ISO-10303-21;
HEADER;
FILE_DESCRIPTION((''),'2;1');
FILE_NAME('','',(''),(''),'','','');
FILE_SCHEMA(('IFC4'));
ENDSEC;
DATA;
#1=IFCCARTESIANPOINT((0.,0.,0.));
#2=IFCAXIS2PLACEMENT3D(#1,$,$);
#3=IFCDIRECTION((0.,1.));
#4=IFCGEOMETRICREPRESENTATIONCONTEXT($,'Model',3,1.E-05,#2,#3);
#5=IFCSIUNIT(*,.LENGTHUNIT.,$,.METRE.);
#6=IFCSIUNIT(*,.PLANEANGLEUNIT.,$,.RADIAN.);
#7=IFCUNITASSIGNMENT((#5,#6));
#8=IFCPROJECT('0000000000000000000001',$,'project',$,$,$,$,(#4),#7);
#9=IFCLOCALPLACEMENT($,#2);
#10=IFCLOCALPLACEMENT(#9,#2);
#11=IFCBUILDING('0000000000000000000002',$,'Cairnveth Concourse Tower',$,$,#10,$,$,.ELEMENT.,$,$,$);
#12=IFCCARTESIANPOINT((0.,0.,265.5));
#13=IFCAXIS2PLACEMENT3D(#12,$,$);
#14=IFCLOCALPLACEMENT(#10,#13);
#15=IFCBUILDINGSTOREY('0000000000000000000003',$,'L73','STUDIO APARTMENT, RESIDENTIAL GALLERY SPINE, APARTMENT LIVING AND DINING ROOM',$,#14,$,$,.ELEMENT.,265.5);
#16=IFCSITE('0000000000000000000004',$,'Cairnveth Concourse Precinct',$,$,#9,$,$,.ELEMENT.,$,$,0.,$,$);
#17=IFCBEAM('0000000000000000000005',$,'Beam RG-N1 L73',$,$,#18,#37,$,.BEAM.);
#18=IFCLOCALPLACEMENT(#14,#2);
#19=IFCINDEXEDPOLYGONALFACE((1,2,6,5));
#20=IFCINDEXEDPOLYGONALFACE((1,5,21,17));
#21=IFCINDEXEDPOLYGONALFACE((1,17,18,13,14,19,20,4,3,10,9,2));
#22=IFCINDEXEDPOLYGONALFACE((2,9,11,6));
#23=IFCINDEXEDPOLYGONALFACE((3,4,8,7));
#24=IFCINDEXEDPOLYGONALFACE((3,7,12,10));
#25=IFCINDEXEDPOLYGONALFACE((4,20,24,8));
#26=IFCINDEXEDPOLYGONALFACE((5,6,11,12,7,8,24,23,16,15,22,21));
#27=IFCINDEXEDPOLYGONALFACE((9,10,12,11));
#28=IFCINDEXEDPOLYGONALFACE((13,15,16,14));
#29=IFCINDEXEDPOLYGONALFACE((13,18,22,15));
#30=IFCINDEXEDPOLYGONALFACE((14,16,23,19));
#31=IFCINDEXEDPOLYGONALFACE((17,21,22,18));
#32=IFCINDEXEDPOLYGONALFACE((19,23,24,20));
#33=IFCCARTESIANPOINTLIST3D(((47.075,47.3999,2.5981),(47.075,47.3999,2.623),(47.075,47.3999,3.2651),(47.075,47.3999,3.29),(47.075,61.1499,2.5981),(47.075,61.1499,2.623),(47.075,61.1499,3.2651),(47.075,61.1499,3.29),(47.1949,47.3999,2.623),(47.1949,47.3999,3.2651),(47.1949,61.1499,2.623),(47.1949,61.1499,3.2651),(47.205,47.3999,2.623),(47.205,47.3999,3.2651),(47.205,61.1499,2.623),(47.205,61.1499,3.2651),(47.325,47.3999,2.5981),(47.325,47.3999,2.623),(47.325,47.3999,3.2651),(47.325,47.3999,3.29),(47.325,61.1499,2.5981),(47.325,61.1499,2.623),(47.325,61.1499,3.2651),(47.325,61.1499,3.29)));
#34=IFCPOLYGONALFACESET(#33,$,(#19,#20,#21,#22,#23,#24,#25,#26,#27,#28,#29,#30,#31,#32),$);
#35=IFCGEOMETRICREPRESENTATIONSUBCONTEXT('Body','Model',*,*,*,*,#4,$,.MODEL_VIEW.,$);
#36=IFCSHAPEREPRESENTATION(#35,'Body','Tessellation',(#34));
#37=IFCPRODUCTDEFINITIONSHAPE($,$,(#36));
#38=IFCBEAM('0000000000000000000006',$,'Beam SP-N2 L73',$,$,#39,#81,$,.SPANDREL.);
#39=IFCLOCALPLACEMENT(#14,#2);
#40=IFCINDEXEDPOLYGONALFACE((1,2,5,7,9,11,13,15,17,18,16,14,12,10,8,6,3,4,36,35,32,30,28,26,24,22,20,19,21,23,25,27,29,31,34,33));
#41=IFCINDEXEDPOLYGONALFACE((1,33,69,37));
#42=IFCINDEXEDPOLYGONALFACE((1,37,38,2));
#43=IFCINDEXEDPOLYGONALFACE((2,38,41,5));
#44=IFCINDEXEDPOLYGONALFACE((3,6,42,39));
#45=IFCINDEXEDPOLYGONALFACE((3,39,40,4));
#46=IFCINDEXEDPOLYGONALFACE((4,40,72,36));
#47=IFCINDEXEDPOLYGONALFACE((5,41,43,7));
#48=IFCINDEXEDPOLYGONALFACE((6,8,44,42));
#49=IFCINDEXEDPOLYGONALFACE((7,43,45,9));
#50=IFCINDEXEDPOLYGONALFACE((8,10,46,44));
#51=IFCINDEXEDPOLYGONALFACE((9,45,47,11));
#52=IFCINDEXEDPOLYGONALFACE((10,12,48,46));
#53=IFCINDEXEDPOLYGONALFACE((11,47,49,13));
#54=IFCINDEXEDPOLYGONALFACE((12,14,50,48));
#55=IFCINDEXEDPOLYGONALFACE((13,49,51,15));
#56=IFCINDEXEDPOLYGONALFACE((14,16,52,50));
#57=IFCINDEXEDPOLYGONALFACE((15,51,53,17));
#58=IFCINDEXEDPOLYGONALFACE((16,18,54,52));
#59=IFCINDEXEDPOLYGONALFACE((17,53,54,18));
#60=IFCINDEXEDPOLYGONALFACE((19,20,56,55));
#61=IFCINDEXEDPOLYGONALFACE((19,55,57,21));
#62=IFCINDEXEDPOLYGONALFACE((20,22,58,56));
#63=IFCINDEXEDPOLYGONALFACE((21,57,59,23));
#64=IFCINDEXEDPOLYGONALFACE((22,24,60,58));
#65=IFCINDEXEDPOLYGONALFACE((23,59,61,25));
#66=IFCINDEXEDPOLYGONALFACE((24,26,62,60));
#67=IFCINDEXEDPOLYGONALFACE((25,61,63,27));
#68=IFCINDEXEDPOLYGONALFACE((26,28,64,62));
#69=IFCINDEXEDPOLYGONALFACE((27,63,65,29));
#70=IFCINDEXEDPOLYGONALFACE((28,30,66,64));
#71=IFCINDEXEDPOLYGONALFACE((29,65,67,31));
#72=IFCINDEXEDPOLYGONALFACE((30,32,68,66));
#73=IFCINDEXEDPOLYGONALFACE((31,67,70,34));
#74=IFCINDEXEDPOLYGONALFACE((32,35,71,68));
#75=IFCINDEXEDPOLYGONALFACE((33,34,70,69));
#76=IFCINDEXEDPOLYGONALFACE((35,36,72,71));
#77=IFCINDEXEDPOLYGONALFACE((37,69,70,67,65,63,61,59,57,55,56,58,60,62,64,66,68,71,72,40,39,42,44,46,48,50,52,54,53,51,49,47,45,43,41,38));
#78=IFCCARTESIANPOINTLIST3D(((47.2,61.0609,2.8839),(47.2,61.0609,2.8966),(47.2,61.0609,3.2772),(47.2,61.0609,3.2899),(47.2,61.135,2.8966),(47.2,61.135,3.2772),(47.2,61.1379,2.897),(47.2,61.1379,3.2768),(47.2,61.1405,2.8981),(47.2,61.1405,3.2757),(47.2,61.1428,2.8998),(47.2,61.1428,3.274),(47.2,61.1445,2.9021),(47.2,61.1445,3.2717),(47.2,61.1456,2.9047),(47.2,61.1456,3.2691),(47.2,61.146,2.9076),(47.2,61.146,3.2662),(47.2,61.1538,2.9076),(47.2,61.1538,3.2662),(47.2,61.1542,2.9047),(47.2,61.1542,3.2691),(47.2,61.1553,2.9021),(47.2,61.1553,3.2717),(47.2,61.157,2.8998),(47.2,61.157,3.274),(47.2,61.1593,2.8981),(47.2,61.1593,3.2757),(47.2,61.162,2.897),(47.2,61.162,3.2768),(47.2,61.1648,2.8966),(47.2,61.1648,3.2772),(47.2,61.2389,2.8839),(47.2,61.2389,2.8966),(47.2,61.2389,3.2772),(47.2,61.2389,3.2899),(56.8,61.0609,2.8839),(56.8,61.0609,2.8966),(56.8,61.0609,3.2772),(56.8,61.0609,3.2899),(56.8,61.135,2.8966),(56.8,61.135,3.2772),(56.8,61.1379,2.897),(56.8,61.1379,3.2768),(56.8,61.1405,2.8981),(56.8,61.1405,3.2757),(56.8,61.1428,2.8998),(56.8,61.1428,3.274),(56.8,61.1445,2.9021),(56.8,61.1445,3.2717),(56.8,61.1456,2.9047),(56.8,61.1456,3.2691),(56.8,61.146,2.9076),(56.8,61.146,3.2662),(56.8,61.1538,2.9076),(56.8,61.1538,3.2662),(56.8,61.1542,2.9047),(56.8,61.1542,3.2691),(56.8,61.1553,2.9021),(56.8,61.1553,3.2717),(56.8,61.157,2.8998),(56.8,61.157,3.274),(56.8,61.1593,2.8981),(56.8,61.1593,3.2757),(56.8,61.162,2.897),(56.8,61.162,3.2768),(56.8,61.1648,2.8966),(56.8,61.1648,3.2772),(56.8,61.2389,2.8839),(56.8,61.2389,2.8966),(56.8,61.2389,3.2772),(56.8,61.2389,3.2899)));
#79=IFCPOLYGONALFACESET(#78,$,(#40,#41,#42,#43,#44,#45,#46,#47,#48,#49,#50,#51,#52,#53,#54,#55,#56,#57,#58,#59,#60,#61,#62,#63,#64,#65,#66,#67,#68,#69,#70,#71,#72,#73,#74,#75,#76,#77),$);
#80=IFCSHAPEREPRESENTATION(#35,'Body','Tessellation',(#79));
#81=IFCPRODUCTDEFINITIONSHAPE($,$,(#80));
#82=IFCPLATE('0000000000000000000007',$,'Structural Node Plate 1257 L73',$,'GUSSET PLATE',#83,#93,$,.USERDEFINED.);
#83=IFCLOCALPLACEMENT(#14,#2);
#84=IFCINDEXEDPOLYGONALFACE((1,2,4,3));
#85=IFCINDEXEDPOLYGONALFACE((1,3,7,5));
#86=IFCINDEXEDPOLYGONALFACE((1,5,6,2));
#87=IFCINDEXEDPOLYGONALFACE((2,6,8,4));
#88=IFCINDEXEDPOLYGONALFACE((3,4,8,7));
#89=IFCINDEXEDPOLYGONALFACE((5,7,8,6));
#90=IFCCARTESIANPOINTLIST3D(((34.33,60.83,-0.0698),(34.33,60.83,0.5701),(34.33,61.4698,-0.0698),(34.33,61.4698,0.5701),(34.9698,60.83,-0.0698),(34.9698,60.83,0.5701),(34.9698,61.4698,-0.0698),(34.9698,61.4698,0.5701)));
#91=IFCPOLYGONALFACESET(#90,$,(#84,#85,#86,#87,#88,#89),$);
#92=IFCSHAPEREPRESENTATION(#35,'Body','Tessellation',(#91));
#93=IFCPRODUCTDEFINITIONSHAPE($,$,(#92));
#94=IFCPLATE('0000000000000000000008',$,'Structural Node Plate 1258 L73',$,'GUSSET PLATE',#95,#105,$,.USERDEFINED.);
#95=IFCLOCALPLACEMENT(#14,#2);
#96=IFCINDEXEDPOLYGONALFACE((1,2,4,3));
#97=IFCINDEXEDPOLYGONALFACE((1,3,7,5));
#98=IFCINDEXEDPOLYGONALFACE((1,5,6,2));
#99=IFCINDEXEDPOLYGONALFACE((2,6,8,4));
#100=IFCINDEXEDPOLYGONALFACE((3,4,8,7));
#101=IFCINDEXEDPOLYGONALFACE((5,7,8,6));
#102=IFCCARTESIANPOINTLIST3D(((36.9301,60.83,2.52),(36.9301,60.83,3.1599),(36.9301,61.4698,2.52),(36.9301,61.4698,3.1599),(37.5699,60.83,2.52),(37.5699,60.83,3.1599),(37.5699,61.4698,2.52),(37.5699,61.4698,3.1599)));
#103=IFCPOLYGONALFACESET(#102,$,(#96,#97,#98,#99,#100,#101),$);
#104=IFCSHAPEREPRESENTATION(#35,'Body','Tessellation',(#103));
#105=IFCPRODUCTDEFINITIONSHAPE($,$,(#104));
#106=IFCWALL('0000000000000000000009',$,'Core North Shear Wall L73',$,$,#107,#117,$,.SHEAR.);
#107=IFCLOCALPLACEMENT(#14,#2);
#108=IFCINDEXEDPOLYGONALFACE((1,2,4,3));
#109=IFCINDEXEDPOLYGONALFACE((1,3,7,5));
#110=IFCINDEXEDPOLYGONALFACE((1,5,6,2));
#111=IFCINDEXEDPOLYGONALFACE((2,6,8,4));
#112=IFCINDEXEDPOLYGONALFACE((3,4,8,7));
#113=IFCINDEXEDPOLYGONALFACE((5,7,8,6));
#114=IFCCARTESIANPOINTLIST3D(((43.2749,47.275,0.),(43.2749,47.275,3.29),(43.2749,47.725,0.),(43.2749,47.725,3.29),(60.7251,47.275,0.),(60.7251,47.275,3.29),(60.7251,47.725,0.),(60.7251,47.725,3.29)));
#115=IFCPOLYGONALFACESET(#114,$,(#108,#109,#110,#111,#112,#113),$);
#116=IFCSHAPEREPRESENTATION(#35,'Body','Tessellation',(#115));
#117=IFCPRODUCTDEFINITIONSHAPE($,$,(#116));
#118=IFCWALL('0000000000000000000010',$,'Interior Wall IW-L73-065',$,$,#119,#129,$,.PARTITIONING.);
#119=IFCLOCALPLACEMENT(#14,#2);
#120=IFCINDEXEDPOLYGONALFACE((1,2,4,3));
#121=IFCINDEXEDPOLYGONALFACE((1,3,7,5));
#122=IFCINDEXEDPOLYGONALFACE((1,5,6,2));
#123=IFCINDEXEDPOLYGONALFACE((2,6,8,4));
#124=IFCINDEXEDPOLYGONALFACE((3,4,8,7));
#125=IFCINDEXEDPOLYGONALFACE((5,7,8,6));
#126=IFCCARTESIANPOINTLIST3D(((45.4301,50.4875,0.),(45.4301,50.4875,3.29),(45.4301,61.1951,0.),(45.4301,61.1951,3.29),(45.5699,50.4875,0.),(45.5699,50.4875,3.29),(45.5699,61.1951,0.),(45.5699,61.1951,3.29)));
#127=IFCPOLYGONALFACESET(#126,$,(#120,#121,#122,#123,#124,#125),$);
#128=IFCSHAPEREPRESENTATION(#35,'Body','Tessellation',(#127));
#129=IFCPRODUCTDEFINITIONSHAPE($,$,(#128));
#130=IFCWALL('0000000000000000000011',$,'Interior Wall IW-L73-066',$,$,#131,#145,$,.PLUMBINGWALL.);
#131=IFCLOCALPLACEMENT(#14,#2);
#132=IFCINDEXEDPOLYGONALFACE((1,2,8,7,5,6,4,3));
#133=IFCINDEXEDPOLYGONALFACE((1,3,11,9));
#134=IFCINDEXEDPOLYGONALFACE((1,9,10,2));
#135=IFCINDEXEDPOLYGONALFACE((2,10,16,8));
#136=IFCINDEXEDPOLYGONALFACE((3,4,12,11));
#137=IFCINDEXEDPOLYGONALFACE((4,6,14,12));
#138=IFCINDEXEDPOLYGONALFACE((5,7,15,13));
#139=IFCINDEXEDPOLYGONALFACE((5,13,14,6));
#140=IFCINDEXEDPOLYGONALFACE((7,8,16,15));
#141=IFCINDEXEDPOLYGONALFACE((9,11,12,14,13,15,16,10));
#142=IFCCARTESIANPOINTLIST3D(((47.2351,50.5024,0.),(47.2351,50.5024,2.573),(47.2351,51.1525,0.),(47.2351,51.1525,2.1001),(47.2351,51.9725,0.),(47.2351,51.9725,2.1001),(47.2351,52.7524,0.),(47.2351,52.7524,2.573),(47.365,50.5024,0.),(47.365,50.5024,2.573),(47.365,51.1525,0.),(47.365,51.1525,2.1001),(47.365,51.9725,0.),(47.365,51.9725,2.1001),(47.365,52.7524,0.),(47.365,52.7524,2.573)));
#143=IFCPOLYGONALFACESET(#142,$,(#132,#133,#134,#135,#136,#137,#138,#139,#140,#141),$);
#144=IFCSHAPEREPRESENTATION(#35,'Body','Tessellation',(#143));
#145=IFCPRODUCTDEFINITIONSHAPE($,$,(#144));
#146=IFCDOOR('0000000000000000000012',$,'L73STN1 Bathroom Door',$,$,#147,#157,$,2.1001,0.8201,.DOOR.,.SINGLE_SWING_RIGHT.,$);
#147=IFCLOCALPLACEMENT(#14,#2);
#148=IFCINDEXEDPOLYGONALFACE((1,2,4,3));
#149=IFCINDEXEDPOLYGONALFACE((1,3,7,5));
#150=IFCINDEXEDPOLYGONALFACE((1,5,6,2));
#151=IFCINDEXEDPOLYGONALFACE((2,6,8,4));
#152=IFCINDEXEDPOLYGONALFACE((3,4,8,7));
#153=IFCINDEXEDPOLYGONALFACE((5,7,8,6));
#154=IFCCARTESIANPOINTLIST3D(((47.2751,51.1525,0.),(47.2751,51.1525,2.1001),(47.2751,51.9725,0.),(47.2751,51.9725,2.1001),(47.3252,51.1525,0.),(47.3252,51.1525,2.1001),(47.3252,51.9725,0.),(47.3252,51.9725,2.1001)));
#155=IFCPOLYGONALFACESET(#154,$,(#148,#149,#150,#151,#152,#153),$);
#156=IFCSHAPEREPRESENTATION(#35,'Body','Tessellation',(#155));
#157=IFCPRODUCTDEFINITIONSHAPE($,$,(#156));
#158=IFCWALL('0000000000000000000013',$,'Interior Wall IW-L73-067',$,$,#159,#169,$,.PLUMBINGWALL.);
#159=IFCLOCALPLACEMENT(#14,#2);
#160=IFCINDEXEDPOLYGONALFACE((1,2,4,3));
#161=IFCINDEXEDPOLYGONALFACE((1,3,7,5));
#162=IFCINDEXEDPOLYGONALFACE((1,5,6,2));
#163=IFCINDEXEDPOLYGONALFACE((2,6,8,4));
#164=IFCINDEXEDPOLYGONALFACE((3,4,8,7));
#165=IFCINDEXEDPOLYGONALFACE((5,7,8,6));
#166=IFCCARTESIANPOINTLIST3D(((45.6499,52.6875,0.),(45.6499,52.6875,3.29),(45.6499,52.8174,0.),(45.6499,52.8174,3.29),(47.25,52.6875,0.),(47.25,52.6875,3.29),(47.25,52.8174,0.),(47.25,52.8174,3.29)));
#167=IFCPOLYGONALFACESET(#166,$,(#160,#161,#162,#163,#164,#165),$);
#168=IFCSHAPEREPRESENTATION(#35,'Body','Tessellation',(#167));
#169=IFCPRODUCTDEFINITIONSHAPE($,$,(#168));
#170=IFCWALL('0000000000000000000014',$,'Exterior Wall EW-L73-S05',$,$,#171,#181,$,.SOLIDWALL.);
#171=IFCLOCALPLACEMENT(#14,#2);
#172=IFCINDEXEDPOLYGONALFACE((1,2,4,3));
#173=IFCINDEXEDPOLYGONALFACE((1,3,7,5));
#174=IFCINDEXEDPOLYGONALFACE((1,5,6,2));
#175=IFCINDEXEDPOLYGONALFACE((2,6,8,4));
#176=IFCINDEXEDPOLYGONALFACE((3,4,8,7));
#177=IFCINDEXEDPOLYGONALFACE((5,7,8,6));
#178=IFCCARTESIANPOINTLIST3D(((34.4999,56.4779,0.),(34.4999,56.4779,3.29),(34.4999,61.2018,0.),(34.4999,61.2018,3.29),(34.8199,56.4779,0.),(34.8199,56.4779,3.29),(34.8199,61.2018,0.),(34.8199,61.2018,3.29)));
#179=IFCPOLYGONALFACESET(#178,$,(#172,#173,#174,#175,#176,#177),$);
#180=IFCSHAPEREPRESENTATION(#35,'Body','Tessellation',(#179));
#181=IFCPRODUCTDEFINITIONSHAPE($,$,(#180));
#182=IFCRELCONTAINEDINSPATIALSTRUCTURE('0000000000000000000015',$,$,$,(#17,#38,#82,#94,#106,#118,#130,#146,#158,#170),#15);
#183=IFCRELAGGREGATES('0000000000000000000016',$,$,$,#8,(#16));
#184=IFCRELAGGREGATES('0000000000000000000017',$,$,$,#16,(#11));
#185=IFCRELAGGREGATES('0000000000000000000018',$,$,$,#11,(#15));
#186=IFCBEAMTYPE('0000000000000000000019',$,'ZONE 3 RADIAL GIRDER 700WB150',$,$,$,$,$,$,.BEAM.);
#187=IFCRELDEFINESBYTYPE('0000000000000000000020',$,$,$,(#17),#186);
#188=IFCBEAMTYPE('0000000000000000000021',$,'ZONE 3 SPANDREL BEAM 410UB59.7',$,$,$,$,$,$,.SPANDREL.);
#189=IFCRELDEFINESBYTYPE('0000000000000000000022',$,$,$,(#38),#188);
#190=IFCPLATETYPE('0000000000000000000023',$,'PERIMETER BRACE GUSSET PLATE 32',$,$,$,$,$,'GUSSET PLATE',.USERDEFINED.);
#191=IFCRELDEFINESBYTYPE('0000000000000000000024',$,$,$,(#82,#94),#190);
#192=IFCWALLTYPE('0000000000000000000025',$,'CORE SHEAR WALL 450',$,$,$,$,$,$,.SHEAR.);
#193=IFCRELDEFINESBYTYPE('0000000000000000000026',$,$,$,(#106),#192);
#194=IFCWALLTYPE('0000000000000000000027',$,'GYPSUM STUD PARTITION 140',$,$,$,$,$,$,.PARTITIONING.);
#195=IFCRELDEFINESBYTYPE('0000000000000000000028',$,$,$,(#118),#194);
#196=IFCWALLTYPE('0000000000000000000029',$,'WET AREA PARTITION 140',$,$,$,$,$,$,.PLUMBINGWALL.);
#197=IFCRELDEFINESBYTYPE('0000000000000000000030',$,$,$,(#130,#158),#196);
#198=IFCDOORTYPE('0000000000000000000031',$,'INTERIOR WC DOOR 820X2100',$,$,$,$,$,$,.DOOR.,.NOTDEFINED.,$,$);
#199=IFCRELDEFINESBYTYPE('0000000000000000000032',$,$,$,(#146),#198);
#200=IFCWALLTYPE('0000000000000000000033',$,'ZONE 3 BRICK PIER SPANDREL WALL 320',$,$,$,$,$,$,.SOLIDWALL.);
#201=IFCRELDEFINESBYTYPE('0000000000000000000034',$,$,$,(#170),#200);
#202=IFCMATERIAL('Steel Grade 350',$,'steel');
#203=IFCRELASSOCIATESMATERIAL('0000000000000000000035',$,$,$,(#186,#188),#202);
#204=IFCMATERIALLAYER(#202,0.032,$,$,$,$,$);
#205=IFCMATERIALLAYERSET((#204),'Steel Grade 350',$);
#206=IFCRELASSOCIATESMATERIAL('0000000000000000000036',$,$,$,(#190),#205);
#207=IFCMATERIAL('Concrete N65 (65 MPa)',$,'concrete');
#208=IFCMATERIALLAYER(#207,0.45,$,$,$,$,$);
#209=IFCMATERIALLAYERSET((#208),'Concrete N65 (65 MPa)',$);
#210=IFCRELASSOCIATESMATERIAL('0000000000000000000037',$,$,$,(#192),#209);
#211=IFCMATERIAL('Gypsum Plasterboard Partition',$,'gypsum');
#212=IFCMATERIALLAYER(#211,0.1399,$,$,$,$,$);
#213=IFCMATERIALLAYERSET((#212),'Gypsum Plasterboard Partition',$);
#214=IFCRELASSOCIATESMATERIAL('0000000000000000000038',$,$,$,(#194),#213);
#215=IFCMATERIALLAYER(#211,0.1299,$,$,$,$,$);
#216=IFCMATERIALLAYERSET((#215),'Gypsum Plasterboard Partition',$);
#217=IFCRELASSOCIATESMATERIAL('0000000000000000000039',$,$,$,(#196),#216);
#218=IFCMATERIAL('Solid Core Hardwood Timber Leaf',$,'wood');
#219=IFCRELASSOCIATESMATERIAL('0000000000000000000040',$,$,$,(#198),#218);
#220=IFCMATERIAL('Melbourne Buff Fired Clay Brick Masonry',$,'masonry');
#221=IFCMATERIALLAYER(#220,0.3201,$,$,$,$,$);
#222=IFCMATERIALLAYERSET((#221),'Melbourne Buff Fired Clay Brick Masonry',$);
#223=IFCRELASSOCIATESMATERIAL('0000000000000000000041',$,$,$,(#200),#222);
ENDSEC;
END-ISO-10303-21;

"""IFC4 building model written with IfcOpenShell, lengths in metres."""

from ifc_helpers import new_model, si_unit, direction, frame, frame_2d, origin, origin_2d, place, context, subcontext, project, spatial, rectangle, i_section, extrude, material, layer, layer_set, material_profile, profile_set, type_object, element, fill, save


model = new_model("IFC4")

# Units and contexts
model_context = context("Model", 3, precision=1e-05, world=origin(), true_north=direction((0.0, 1.0)))
body_context = subcontext(model_context, "Body", "Model", "MODEL_VIEW")
ifc_project = project(units=[si_unit("LENGTHUNIT", "METRE"), si_unit("PLANEANGLEUNIT", "RADIAN")], contexts=[model_context])

# Site, building, storey
site_placement = place(None, origin())
site = spatial("IfcSite", under=ifc_project, at=site_placement, Name="Cairnveth Concourse Precinct", CompositionType="ELEMENT", RefElevation=0.0)
building_placement = place(site_placement, origin())
building = spatial("IfcBuilding", under=site, at=building_placement, Name="Cairnveth Concourse Tower", CompositionType="ELEMENT")
storey_placement = place(building_placement, frame((0.0, 0.0, 265.5)))
storey = spatial("IfcBuildingStorey", under=building, at=storey_placement, Name="L73", Description="STUDIO APARTMENT, RESIDENTIAL GALLERY SPINE, APARTMENT LIVING AND DINING ROOM", CompositionType="ELEMENT", Elevation=265.5)

# Shared definitions
ifc_material_1 = material(Name="Concrete N65 (65 MPa)", Category="concrete")

# Beams
ifc_material_2 = material(Name="Steel Grade 350", Category="steel")
ifc_material_profile_1 = material_profile(ifc_material_2, i_section(OverallWidth=0.25, OverallDepth=0.6919, WebThickness=0.01, FlangeThickness=0.0249, at=origin_2d()), Name="700WB150")
ifc_profile_set_1 = profile_set([ifc_material_profile_1], Name="Steel Grade 350")
beam_type_1 = type_object("IfcBeamType", Name="ZONE 3 RADIAL GIRDER 700WB150", PredefinedType="BEAM", material=ifc_profile_set_1)
beam_1_placement = place(storey_placement, frame((47.2, 47.3999, 2.9441), z_axis=(0.0, 1.0, 0.0), x_axis=(-1.0, 0.0, 0.0)))
element("IfcBeam", 1, at=beam_1_placement, inside=storey, type_object=beam_type_1, Name="Beam RG-N1 L73", PredefinedType="BEAM", context=body_context, shape_type="SweptSolid", body=[
    extrude(i_section(OverallWidth=0.25, OverallDepth=0.6919, WebThickness=0.01, FlangeThickness=0.0249, at=origin_2d()), origin(), (0.0, 0.0, 1.0), 13.75),
])
ifc_material_profile_2 = material_profile(ifc_material_2, i_section(OverallWidth=0.178, OverallDepth=0.406, WebThickness=0.0078, FlangeThickness=0.0127, FilletRadius=0.011, at=origin_2d()), Name="410UB59.7")
ifc_profile_set_2 = profile_set([ifc_material_profile_2], Name="Steel Grade 350")
beam_type_2 = type_object("IfcBeamType", Name="ZONE 3 SPANDREL BEAM 410UB59.7", PredefinedType="SPANDREL", material=ifc_profile_set_2)
beam_2_placement = place(storey_placement, frame((47.2, 61.1499, 3.0869), z_axis=(1.0, 0.0, 0.0), x_axis=(0.0, 1.0, 0.0)))
element("IfcBeam", 2, at=beam_2_placement, inside=storey, type_object=beam_type_2, Name="Beam SP-N2 L73", PredefinedType="SPANDREL", context=body_context, shape_type="SweptSolid", body=[
    extrude(i_section(OverallWidth=0.178, OverallDepth=0.406, WebThickness=0.0078, FlangeThickness=0.0127, FilletRadius=0.011, at=origin_2d()), origin(), (0.0, 0.0, 1.0), 9.6001),
])

# Plates
ifc_layer_1 = layer(ifc_material_2, 0.032)
ifc_layer_set_1 = layer_set([ifc_layer_1], Name="Steel Grade 350")
plate_type = type_object("IfcPlateType", Name="PERIMETER BRACE GUSSET PLATE 32", ElementType="GUSSET PLATE", PredefinedType="USERDEFINED", material=ifc_layer_set_1)
for number, where, z_axis, x_axis, name in (
    (3, (34.6499, 61.1499, -0.0698), (0.0, 0.0, 1.0), (1.0, 0.0, 0.0), "Structural Node Plate 1257 L73"),
    (4, (37.25, 61.1499, 2.52), (0.0, 0.0, 1.0), (1.0, 0.0, 0.0), "Structural Node Plate 1258 L73"),
):
    element("IfcPlate", number, at=place(storey_placement, frame(where, z_axis=z_axis, x_axis=x_axis)), inside=storey, type_object=plate_type, Name=name, ObjectType="GUSSET PLATE", PredefinedType="USERDEFINED", context=body_context, shape_type="SweptSolid", body=[
        extrude(rectangle(XDim=0.6399, YDim=0.6399, at=origin_2d()), origin(), (0.0, 0.0, 1.0), 0.6399),
    ])

# Walls
ifc_layer_2 = layer(ifc_material_1, 0.45)
ifc_layer_set_2 = layer_set([ifc_layer_2], Name="Concrete N65 (65 MPa)")
wall_type_1 = type_object("IfcWallType", Name="CORE SHEAR WALL 450", PredefinedType="SHEAR", material=ifc_layer_set_2)
wall_1_placement = place(storey_placement, frame((43.2749, 47.5, 0.0), z_axis=(0.0, 0.0, 1.0), x_axis=(1.0, 0.0, 0.0)))
element("IfcWall", 5, at=wall_1_placement, inside=storey, type_object=wall_type_1, Name="Core North Shear Wall L73", PredefinedType="SHEAR", context=body_context, shape_type="SweptSolid", body=[
    extrude(rectangle(XDim=17.4502, YDim=0.45, at=frame_2d((8.7251, 0.0))), origin(), (0.0, 0.0, 1.0), 3.29),
])
ifc_material_3 = material(Name="Gypsum Plasterboard Partition", Category="gypsum")
ifc_layer_3 = layer(ifc_material_3, 0.1399)
ifc_layer_set_3 = layer_set([ifc_layer_3], Name="Gypsum Plasterboard Partition")
wall_type_2 = type_object("IfcWallType", Name="GYPSUM STUD PARTITION 140", PredefinedType="PARTITIONING", material=ifc_layer_set_3)
wall_2_placement = place(storey_placement, frame((45.5, 50.4875, 0.0), z_axis=(0.0, 0.0, 1.0), x_axis=(0.0, 1.0, 0.0)))
element("IfcWall", 6, at=wall_2_placement, inside=storey, type_object=wall_type_2, Name="Interior Wall IW-L73-065", PredefinedType="PARTITIONING", context=body_context, shape_type="SweptSolid", body=[
    extrude(rectangle(XDim=10.7075, YDim=0.1399, at=frame_2d((5.3538, 0.0))), origin(), (0.0, 0.0, 1.0), 3.29),
])

# Wall, opening, door
ifc_layer_4 = layer(ifc_material_3, 0.1299)
ifc_layer_set_4 = layer_set([ifc_layer_4], Name="Gypsum Plasterboard Partition")
wall_type_3 = type_object("IfcWallType", Name="WET AREA PARTITION 140", PredefinedType="PLUMBINGWALL", material=ifc_layer_set_4)
wall_3_placement = place(storey_placement, frame((47.3, 50.5024, 0.0), z_axis=(0.0, 0.0, 1.0), x_axis=(0.0, 1.0, 0.0)))
wall_3 = element("IfcWall", 7, at=wall_3_placement, inside=storey, type_object=wall_type_3, Name="Interior Wall IW-L73-066", PredefinedType="PLUMBINGWALL", context=body_context, shape_type="SweptSolid", body=[
    extrude(rectangle(XDim=2.25, YDim=0.1299, at=frame_2d((1.125, 0.0))), origin(), (0.0, 0.0, 1.0), 2.573),
])
opening_placement = place(wall_3_placement, frame((0.6499, 0.0, 0.0)))
opening = element("IfcOpeningElement", 8, at=opening_placement, cuts=wall_3, PredefinedType="OPENING", context=body_context, shape_type="SweptSolid", body=[
    extrude(rectangle(XDim=0.8201, YDim=2.1001, at=frame_2d((0.4102, 1.05))), frame((0.0, 0.075, 0.0), z_axis=(0.0, -1.0, 0.0), x_axis=(1.0, 0.0, 0.0)), (0.0, 0.0, 1.0), 0.1499),
])
ifc_material_4 = material(Name="Solid Core Hardwood Timber Leaf", Category="wood")
door_type = type_object("IfcDoorType", Name="INTERIOR WC DOOR 820X2100", OperationType="NOTDEFINED", PredefinedType="DOOR", material=ifc_material_4)
door_placement = place(opening_placement, origin())
door = element("IfcDoor", 9, at=door_placement, inside=storey, type_object=door_type, Name="L73STN1 Bathroom Door", OperationType="SINGLE_SWING_RIGHT", OverallHeight=2.1001, OverallWidth=0.8201, PredefinedType="DOOR", context=body_context, shape_type="SweptSolid", body=[
    extrude(rectangle(XDim=0.8201, YDim=2.1001, at=frame_2d((0.4102, 1.05))), frame((0.0, 0.0249, 0.0), z_axis=(0.0, -1.0, 0.0), x_axis=(1.0, 0.0, 0.0)), (0.0, 0.0, 1.0), 0.05),
])
fill(opening, door)

# Walls
wall_4_placement = place(storey_placement, frame((45.6499, 52.7524, 0.0), z_axis=(0.0, 0.0, 1.0), x_axis=(1.0, 0.0, 0.0)))
element("IfcWall", 10, at=wall_4_placement, inside=storey, type_object=wall_type_3, Name="Interior Wall IW-L73-067", PredefinedType="PLUMBINGWALL", context=body_context, shape_type="SweptSolid", body=[
    extrude(rectangle(XDim=1.6001, YDim=0.1299, at=frame_2d((0.8, 0.0))), origin(), (0.0, 0.0, 1.0), 3.29),
])
ifc_material_5 = material(Name="Melbourne Buff Fired Clay Brick Masonry", Category="masonry")
ifc_layer_5 = layer(ifc_material_5, 0.3201)
ifc_layer_set_5 = layer_set([ifc_layer_5], Name="Melbourne Buff Fired Clay Brick Masonry")
wall_type_4 = type_object("IfcWallType", Name="ZONE 3 BRICK PIER SPANDREL WALL 320", PredefinedType="SOLIDWALL", material=ifc_layer_set_5)
wall_5_placement = place(storey_placement, frame((34.6599, 56.478, 0.0), z_axis=(0.0, 0.0, 1.0), x_axis=(0.0, 1.0, 0.0)))
element("IfcWall", 11, at=wall_5_placement, inside=storey, type_object=wall_type_4, Name="Exterior Wall EW-L73-S05", PredefinedType="SOLIDWALL", context=body_context, shape_type="SweptSolid", body=[
    extrude(rectangle(XDim=4.7239, YDim=0.3201, at=frame_2d((2.3618, 0.0))), origin(), (0.0, 0.0, 1.0), 3.29),
])

save(model, "model.ifc")
